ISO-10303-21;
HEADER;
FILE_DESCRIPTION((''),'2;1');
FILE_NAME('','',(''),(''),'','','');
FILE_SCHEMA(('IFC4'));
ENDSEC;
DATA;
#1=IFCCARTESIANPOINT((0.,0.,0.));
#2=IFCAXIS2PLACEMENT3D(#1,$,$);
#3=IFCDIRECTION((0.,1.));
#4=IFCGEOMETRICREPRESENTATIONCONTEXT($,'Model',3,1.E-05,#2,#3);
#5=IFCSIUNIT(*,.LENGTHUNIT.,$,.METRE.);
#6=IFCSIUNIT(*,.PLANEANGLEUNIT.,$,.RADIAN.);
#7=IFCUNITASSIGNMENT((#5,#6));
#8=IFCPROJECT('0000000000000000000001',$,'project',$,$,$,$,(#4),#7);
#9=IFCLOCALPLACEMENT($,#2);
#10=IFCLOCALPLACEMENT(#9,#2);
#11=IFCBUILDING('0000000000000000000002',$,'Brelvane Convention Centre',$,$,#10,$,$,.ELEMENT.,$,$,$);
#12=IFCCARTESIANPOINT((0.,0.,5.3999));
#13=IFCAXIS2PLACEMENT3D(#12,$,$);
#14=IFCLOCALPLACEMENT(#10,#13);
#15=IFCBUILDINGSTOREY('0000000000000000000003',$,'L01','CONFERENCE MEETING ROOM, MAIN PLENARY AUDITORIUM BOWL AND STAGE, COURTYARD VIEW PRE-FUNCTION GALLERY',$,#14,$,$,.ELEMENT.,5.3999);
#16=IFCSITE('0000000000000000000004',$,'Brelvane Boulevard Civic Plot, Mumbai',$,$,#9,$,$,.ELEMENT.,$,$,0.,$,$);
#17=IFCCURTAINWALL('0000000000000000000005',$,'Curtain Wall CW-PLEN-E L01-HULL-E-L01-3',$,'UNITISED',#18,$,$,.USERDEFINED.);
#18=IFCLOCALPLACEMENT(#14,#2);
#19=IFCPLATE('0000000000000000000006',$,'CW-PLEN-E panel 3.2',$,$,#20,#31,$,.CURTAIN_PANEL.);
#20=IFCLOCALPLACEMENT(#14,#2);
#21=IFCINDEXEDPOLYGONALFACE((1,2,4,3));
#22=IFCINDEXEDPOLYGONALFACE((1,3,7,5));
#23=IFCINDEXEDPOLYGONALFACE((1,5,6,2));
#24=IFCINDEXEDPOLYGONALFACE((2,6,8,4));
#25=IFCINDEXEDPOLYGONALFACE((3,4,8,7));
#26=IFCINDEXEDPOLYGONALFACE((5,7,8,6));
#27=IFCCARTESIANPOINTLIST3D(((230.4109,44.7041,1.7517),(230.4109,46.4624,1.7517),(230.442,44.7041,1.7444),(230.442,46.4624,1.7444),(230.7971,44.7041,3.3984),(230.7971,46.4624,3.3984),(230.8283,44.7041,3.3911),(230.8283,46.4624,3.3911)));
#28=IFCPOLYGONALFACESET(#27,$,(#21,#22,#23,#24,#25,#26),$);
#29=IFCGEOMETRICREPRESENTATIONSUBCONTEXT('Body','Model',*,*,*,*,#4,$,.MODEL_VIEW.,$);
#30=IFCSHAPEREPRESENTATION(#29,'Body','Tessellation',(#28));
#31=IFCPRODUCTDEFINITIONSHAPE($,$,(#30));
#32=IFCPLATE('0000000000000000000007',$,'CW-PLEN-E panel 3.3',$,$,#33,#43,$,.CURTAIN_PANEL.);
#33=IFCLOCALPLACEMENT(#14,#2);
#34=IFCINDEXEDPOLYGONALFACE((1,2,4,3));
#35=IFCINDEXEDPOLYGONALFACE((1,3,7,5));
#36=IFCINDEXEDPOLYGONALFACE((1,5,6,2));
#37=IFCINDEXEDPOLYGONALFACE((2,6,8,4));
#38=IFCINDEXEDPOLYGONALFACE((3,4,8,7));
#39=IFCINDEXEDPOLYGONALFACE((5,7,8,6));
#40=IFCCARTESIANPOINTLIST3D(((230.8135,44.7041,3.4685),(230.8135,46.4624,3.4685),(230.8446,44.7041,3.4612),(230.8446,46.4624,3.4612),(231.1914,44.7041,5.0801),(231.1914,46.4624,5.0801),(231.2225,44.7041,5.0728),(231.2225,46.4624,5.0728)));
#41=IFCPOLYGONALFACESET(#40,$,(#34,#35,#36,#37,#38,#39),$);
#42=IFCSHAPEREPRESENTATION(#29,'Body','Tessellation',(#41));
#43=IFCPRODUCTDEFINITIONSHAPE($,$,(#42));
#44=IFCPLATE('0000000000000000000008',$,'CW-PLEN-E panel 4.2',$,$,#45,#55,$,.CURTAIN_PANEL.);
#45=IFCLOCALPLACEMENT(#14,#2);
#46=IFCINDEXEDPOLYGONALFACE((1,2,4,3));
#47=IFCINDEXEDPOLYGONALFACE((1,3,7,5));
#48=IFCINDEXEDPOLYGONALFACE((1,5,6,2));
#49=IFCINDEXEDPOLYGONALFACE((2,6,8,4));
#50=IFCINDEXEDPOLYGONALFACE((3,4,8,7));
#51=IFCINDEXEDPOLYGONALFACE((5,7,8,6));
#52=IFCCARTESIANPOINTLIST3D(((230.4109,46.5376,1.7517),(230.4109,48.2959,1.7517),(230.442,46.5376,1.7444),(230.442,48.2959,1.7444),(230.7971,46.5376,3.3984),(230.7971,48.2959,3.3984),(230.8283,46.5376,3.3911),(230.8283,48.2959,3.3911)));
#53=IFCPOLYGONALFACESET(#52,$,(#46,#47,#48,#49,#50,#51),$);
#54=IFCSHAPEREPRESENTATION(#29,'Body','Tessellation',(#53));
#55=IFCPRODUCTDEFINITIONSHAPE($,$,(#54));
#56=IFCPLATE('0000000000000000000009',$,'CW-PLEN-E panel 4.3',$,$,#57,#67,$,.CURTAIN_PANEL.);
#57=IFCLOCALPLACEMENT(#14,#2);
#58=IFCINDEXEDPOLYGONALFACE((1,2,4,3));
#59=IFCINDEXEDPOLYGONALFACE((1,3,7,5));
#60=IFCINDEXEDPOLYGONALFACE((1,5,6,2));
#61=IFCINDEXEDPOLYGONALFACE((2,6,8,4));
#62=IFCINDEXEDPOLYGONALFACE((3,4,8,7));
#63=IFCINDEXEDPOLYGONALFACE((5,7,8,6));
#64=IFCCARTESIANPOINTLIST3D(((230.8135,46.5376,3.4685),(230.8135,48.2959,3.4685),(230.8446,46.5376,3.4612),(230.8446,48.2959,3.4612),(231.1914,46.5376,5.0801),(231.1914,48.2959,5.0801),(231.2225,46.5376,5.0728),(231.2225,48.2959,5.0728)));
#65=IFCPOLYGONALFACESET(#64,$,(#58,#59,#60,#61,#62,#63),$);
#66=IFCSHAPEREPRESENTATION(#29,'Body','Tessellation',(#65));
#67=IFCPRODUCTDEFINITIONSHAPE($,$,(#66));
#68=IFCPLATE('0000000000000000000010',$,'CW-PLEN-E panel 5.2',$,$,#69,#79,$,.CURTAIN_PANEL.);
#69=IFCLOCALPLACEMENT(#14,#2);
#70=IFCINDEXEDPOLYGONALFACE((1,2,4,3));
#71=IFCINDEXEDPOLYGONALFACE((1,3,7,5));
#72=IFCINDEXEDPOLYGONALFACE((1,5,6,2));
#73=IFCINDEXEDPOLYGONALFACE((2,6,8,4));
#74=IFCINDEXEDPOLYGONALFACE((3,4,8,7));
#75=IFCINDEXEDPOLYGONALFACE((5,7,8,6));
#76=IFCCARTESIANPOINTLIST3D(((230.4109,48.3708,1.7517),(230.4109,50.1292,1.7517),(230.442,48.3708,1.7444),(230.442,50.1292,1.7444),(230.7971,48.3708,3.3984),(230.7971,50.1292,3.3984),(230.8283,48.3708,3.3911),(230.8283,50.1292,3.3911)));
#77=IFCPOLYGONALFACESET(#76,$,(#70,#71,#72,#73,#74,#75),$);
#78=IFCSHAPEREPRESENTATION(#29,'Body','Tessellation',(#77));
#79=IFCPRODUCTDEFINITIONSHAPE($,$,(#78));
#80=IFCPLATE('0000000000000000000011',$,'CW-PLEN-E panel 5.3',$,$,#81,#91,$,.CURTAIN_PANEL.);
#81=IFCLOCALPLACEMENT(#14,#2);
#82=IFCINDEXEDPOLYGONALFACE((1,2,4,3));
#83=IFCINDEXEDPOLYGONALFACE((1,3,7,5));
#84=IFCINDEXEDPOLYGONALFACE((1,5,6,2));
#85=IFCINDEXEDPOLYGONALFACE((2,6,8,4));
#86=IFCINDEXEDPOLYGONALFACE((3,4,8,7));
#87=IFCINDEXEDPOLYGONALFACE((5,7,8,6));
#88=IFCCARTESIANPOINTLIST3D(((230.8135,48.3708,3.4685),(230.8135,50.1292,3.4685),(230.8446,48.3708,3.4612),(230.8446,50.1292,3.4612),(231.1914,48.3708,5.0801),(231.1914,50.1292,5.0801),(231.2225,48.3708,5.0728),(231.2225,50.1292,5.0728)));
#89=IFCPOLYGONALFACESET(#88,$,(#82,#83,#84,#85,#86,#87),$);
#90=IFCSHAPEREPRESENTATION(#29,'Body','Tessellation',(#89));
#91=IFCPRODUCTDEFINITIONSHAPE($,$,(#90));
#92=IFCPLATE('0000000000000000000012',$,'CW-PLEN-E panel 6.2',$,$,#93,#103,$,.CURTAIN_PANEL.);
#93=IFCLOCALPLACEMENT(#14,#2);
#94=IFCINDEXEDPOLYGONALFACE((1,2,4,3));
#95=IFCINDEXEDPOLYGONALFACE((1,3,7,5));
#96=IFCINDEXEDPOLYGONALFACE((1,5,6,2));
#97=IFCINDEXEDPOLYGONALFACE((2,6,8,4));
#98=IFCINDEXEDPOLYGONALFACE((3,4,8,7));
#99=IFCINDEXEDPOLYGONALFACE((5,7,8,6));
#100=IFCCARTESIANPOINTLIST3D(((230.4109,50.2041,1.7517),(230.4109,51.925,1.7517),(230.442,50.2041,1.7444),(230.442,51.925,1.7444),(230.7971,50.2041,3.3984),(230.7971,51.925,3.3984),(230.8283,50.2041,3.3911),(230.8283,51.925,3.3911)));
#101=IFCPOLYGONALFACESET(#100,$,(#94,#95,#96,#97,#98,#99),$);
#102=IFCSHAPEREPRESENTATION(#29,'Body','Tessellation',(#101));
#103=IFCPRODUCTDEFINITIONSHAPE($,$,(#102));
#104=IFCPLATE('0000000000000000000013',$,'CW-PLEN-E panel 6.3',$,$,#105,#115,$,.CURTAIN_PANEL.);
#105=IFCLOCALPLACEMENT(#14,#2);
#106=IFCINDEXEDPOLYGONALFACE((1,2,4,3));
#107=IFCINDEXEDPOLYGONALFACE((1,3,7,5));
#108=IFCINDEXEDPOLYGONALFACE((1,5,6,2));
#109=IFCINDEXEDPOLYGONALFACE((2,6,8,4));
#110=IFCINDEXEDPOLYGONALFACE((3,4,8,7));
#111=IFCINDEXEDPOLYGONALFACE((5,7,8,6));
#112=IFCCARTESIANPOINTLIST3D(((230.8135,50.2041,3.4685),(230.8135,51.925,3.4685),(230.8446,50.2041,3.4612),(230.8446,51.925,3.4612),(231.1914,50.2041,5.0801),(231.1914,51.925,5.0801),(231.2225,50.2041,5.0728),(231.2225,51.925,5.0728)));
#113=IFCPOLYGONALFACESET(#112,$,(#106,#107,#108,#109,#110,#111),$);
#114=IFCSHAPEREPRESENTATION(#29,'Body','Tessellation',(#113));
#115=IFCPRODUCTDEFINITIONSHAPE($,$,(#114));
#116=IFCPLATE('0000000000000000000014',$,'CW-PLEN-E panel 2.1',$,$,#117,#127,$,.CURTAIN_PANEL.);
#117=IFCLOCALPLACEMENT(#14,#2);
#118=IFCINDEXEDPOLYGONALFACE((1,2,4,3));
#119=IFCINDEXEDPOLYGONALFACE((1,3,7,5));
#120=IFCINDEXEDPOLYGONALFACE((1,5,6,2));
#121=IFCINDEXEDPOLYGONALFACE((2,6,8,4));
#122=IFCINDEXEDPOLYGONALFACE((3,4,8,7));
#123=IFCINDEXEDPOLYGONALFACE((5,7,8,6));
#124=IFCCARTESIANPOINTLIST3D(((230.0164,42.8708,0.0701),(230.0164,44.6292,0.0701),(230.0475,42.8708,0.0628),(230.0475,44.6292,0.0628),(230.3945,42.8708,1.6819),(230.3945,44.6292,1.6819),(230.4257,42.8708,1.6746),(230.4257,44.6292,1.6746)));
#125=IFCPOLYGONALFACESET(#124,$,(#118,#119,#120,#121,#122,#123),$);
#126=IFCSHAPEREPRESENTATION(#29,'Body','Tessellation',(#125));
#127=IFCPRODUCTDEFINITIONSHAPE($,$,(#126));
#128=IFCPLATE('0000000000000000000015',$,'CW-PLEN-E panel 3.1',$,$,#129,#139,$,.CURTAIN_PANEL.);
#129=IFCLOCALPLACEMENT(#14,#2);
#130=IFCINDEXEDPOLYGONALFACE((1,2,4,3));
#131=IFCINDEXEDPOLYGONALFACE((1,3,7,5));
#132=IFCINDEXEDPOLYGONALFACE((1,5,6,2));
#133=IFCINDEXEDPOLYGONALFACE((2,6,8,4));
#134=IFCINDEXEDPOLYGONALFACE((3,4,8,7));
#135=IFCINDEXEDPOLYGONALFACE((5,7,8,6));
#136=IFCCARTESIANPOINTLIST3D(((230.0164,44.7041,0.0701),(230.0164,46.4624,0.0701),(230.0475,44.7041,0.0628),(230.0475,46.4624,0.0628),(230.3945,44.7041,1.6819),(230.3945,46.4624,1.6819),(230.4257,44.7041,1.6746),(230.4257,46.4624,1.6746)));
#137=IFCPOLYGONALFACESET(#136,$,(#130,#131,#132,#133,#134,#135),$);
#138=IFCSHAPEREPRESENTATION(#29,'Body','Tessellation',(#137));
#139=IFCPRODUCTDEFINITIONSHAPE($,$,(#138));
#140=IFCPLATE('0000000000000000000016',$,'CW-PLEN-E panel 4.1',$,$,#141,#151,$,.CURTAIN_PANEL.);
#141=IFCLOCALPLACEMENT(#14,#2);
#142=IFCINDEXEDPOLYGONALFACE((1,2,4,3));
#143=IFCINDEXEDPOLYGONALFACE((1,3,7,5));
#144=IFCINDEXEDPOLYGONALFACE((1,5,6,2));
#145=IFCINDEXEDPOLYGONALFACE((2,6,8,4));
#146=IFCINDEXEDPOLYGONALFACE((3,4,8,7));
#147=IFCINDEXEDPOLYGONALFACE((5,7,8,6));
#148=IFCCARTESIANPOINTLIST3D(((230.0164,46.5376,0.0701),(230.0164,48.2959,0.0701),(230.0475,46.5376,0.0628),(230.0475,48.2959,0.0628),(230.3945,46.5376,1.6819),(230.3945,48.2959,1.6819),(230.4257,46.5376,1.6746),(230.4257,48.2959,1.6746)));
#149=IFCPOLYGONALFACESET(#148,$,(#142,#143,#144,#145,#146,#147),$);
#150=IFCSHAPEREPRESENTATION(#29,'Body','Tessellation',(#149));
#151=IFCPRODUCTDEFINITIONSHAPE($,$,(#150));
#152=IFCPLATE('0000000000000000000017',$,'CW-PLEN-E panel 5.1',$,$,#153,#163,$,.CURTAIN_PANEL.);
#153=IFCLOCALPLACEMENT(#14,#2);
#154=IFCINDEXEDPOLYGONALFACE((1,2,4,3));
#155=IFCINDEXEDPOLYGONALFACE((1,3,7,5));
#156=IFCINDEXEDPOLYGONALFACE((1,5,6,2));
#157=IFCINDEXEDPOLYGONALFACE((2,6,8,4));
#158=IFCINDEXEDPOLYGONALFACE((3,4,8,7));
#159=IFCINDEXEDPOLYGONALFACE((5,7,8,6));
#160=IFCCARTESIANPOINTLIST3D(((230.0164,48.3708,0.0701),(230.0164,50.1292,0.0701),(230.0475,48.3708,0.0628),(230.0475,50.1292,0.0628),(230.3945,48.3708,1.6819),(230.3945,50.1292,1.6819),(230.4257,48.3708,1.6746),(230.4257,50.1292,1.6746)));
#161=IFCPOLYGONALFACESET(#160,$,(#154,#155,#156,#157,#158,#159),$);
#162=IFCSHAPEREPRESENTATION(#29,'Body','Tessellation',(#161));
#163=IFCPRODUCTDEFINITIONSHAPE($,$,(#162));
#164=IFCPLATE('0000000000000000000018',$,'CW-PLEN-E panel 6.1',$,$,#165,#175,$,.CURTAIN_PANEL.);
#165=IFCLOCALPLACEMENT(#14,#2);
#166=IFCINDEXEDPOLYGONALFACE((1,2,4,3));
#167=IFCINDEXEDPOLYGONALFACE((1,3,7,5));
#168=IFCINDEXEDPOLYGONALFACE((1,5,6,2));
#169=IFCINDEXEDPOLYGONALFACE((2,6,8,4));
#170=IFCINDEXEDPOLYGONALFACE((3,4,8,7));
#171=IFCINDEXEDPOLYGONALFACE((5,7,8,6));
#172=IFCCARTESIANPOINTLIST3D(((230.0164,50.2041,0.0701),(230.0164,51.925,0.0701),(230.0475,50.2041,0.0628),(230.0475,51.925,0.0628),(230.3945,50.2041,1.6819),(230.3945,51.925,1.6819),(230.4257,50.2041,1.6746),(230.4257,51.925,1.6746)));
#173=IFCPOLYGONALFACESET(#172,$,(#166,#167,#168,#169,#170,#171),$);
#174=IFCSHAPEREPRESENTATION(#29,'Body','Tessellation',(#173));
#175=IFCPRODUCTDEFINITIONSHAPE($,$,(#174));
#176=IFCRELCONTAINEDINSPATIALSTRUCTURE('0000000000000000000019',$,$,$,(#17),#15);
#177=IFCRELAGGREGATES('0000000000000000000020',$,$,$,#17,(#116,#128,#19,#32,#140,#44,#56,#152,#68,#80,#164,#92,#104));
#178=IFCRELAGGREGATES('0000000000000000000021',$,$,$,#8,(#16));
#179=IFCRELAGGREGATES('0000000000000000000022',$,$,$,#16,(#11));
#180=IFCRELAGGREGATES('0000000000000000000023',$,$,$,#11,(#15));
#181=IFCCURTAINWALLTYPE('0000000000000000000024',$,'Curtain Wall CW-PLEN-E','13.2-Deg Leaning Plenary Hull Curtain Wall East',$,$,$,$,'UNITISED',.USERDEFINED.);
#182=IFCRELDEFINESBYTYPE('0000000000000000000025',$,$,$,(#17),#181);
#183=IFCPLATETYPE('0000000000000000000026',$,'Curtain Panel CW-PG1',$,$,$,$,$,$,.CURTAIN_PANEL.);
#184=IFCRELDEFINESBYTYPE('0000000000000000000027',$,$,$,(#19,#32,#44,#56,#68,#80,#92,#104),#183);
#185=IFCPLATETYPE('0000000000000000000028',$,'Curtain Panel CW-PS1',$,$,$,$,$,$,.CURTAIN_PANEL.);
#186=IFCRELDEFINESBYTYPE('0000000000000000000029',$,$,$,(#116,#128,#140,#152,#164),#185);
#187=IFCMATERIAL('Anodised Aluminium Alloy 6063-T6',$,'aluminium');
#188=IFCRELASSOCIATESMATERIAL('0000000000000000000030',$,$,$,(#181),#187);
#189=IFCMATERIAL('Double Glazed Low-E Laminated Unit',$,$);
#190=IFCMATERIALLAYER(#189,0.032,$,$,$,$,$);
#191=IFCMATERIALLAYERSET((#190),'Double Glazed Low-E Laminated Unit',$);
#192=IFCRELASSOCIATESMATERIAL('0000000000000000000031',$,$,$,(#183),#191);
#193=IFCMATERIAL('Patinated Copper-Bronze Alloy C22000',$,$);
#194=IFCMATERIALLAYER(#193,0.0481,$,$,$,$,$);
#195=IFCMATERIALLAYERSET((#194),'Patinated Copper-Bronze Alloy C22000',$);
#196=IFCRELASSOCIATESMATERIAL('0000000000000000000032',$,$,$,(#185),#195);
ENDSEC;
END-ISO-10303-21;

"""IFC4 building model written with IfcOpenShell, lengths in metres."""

from ifc_helpers import new_model, si_unit, direction, frame, origin, place, context, subcontext, project, spatial, polyline, outline, extrude, material, layer, layer_set, type_object, element, aggregate, save


model = new_model("IFC4")

# Units and contexts
model_context = context("Model", 3, precision=1e-05, world=origin(), true_north=direction((0.0, 1.0)))
body_context = subcontext(model_context, "Body", "Model", "MODEL_VIEW")
ifc_project = project(units=[si_unit("LENGTHUNIT", "METRE"), si_unit("PLANEANGLEUNIT", "RADIAN")], contexts=[model_context])

# Site, building, storey
site_placement = place(None, origin())
site = spatial("IfcSite", under=ifc_project, at=site_placement, Name="Brelvane Boulevard Civic Plot, Mumbai", CompositionType="ELEMENT", RefElevation=0.0)
building_placement = place(site_placement, origin())
building = spatial("IfcBuilding", under=site, at=building_placement, Name="Brelvane Convention Centre", CompositionType="ELEMENT")
storey_placement = place(building_placement, frame((0.0, 0.0, 5.3999)))
storey = spatial("IfcBuildingStorey", under=building, at=storey_placement, Name="L01", Description="CONFERENCE MEETING ROOM, MAIN PLENARY AUDITORIUM BOWL AND STAGE, COURTYARD VIEW PRE-FUNCTION GALLERY", CompositionType="ELEMENT", Elevation=5.3999)

# Curtain wall, plates
ifc_material_1 = material(Name="Anodised Aluminium Alloy 6063-T6", Category="aluminium")
curtain_wall_type = type_object("IfcCurtainWallType", Name="Curtain Wall CW-PLEN-E", Description="13.2-Deg Leaning Plenary Hull Curtain Wall East", ElementType="UNITISED", PredefinedType="USERDEFINED", material=ifc_material_1)
curtain_wall_placement = place(storey_placement, origin())
curtain_wall = element("IfcCurtainWall", 1, at=curtain_wall_placement, inside=storey, type_object=curtain_wall_type, Name="Curtain Wall CW-PLEN-E L01-HULL-E-L01-3", ObjectType="UNITISED", PredefinedType="USERDEFINED")
ifc_material_2 = material(Name="Double Glazed Low-E Laminated Unit")
ifc_layer_1 = layer(ifc_material_2, 0.032)
ifc_layer_set_1 = layer_set([ifc_layer_1], Name="Double Glazed Low-E Laminated Unit")
plate_type_1 = type_object("IfcPlateType", Name="Curtain Panel CW-PG1", PredefinedType="CURTAIN_PANEL", material=ifc_layer_set_1)
plate_1_placement = place(storey_placement, frame((230.4109, 44.7041, 1.7517), z_axis=(-0.97358, 0.0, 0.228347), x_axis=(0.0, 1.0, 0.0)))
plate_1 = element("IfcPlate", 2, at=plate_1_placement, type_object=plate_type_1, Name="CW-PLEN-E panel 3.2", PredefinedType="CURTAIN_PANEL", context=body_context, shape_type="SweptSolid", body=[
    extrude(outline(polyline([(0.0, 0.0), (1.7583, 0.0), (1.7583, -1.6914), (0.0, -1.6914), (0.0, 0.0)])), origin(), (0.0, 0.0, -1.0), 0.032),
])
plate_2_placement = place(storey_placement, frame((230.8135, 44.7041, 3.4685), z_axis=(-0.973587, 0.0, 0.228316), x_axis=(0.0, 1.0, 0.0)))
plate_2 = element("IfcPlate", 3, at=plate_2_placement, type_object=plate_type_1, Name="CW-PLEN-E panel 3.3", PredefinedType="CURTAIN_PANEL", context=body_context, shape_type="SweptSolid", body=[
    extrude(outline(polyline([(0.0, 0.0), (1.7583, 0.0), (1.7583, -1.6553), (0.0, -1.6553), (0.0, 0.0)])), origin(), (0.0, 0.0, -1.0), 0.032),
])
plate_3_placement = place(storey_placement, frame((230.4109, 46.5376, 1.7517), z_axis=(-0.97358, 0.0, 0.228347), x_axis=(0.0, 1.0, 0.0)))
plate_3 = element("IfcPlate", 4, at=plate_3_placement, type_object=plate_type_1, Name="CW-PLEN-E panel 4.2", PredefinedType="CURTAIN_PANEL", context=body_context, shape_type="SweptSolid", body=[
    extrude(outline(polyline([(0.0, 0.0), (1.7583, 0.0), (1.7583, -1.6914), (0.0, -1.6914), (0.0, 0.0)])), origin(), (0.0, 0.0, -1.0), 0.032),
])
plate_4_placement = place(storey_placement, frame((230.8135, 46.5376, 3.4685), z_axis=(-0.973587, 0.0, 0.228316), x_axis=(0.0, 1.0, 0.0)))
plate_4 = element("IfcPlate", 5, at=plate_4_placement, type_object=plate_type_1, Name="CW-PLEN-E panel 4.3", PredefinedType="CURTAIN_PANEL", context=body_context, shape_type="SweptSolid", body=[
    extrude(outline(polyline([(0.0, 0.0), (1.7583, 0.0), (1.7583, -1.6553), (0.0, -1.6553), (0.0, 0.0)])), origin(), (0.0, 0.0, -1.0), 0.032),
])
plate_5_placement = place(storey_placement, frame((230.4109, 48.3708, 1.7517), z_axis=(-0.97358, 0.0, 0.228347), x_axis=(0.0, 1.0, 0.0)))
plate_5 = element("IfcPlate", 6, at=plate_5_placement, type_object=plate_type_1, Name="CW-PLEN-E panel 5.2", PredefinedType="CURTAIN_PANEL", context=body_context, shape_type="SweptSolid", body=[
    extrude(outline(polyline([(0.0, 0.0), (1.7583, 0.0), (1.7583, -1.6914), (0.0, -1.6914), (0.0, 0.0)])), origin(), (0.0, 0.0, -1.0), 0.032),
])
plate_6_placement = place(storey_placement, frame((230.8135, 48.3708, 3.4685), z_axis=(-0.973587, 0.0, 0.228316), x_axis=(0.0, 1.0, 0.0)))
plate_6 = element("IfcPlate", 7, at=plate_6_placement, type_object=plate_type_1, Name="CW-PLEN-E panel 5.3", PredefinedType="CURTAIN_PANEL", context=body_context, shape_type="SweptSolid", body=[
    extrude(outline(polyline([(0.0, 0.0), (1.7583, 0.0), (1.7583, -1.6553), (0.0, -1.6553), (0.0, 0.0)])), origin(), (0.0, 0.0, -1.0), 0.032),
])
plate_7_placement = place(storey_placement, frame((230.4109, 50.2041, 1.7517), z_axis=(-0.97358, 0.0, 0.228347), x_axis=(0.0, 1.0, 0.0)))
plate_7 = element("IfcPlate", 8, at=plate_7_placement, type_object=plate_type_1, Name="CW-PLEN-E panel 6.2", PredefinedType="CURTAIN_PANEL", context=body_context, shape_type="SweptSolid", body=[
    extrude(outline(polyline([(0.0, 0.0), (1.7209, 0.0), (1.7209, -1.6914), (0.0, -1.6914), (0.0, 0.0)])), origin(), (0.0, 0.0, -1.0), 0.032),
])
plate_8_placement = place(storey_placement, frame((230.8135, 50.2041, 3.4685), z_axis=(-0.973587, 0.0, 0.228316), x_axis=(0.0, 1.0, 0.0)))
plate_8 = element("IfcPlate", 9, at=plate_8_placement, type_object=plate_type_1, Name="CW-PLEN-E panel 6.3", PredefinedType="CURTAIN_PANEL", context=body_context, shape_type="SweptSolid", body=[
    extrude(outline(polyline([(0.0, 0.0), (1.7209, 0.0), (1.7209, -1.6553), (0.0, -1.6553), (0.0, 0.0)])), origin(), (0.0, 0.0, -1.0), 0.032),
])
ifc_material_3 = material(Name="Patinated Copper-Bronze Alloy C22000")
ifc_layer_2 = layer(ifc_material_3, 0.0481)
ifc_layer_set_2 = layer_set([ifc_layer_2], Name="Patinated Copper-Bronze Alloy C22000")
plate_type_2 = type_object("IfcPlateType", Name="Curtain Panel CW-PS1", PredefinedType="CURTAIN_PANEL", material=ifc_layer_set_2)
plate_9_placement = place(storey_placement, frame((230.0164, 42.8708, 0.0701), z_axis=(-0.973562, 0.0, 0.228423), x_axis=(0.0, 1.0, 0.0)))
plate_9 = element("IfcPlate", 10, at=plate_9_placement, type_object=plate_type_2, Name="CW-PLEN-E panel 2.1", PredefinedType="CURTAIN_PANEL", context=body_context, shape_type="SweptSolid", body=[
    extrude(outline(polyline([(0.0, 0.0), (1.7583, 0.0), (1.7583, -1.6556), (0.0, -1.6556), (0.0, 0.0)])), origin(), (0.0, 0.0, -1.0), 0.032),
])
plate_10_placement = place(storey_placement, frame((230.0164, 44.7041, 0.0701), z_axis=(-0.973562, 0.0, 0.228423), x_axis=(0.0, 1.0, 0.0)))
plate_10 = element("IfcPlate", 11, at=plate_10_placement, type_object=plate_type_2, Name="CW-PLEN-E panel 3.1", PredefinedType="CURTAIN_PANEL", context=body_context, shape_type="SweptSolid", body=[
    extrude(outline(polyline([(0.0, 0.0), (1.7583, 0.0), (1.7583, -1.6556), (0.0, -1.6556), (0.0, 0.0)])), origin(), (0.0, 0.0, -1.0), 0.032),
])
plate_11_placement = place(storey_placement, frame((230.0164, 46.5376, 0.0701), z_axis=(-0.973562, 0.0, 0.228423), x_axis=(0.0, 1.0, 0.0)))
plate_11 = element("IfcPlate", 12, at=plate_11_placement, type_object=plate_type_2, Name="CW-PLEN-E panel 4.1", PredefinedType="CURTAIN_PANEL", context=body_context, shape_type="SweptSolid", body=[
    extrude(outline(polyline([(0.0, 0.0), (1.7583, 0.0), (1.7583, -1.6556), (0.0, -1.6556), (0.0, 0.0)])), origin(), (0.0, 0.0, -1.0), 0.032),
])
plate_12_placement = place(storey_placement, frame((230.0164, 48.3708, 0.0701), z_axis=(-0.973562, 0.0, 0.228423), x_axis=(0.0, 1.0, 0.0)))
plate_12 = element("IfcPlate", 13, at=plate_12_placement, type_object=plate_type_2, Name="CW-PLEN-E panel 5.1", PredefinedType="CURTAIN_PANEL", context=body_context, shape_type="SweptSolid", body=[
    extrude(outline(polyline([(0.0, 0.0), (1.7583, 0.0), (1.7583, -1.6556), (0.0, -1.6556), (0.0, 0.0)])), origin(), (0.0, 0.0, -1.0), 0.032),
])
plate_13_placement = place(storey_placement, frame((230.0164, 50.2041, 0.0701), z_axis=(-0.973562, 0.0, 0.228423), x_axis=(0.0, 1.0, 0.0)))
plate_13 = element("IfcPlate", 14, at=plate_13_placement, type_object=plate_type_2, Name="CW-PLEN-E panel 6.1", PredefinedType="CURTAIN_PANEL", context=body_context, shape_type="SweptSolid", body=[
    extrude(outline(polyline([(0.0, 0.0), (1.7209, 0.0), (1.7209, -1.6556), (0.0, -1.6556), (0.0, 0.0)])), origin(), (0.0, 0.0, -1.0), 0.032),
])
aggregate(curtain_wall, [plate_9, plate_10, plate_1, plate_2, plate_11, plate_3, plate_4, plate_12, plate_5, plate_6, plate_13, plate_7, plate_8])

save(model, "model.ifc")
